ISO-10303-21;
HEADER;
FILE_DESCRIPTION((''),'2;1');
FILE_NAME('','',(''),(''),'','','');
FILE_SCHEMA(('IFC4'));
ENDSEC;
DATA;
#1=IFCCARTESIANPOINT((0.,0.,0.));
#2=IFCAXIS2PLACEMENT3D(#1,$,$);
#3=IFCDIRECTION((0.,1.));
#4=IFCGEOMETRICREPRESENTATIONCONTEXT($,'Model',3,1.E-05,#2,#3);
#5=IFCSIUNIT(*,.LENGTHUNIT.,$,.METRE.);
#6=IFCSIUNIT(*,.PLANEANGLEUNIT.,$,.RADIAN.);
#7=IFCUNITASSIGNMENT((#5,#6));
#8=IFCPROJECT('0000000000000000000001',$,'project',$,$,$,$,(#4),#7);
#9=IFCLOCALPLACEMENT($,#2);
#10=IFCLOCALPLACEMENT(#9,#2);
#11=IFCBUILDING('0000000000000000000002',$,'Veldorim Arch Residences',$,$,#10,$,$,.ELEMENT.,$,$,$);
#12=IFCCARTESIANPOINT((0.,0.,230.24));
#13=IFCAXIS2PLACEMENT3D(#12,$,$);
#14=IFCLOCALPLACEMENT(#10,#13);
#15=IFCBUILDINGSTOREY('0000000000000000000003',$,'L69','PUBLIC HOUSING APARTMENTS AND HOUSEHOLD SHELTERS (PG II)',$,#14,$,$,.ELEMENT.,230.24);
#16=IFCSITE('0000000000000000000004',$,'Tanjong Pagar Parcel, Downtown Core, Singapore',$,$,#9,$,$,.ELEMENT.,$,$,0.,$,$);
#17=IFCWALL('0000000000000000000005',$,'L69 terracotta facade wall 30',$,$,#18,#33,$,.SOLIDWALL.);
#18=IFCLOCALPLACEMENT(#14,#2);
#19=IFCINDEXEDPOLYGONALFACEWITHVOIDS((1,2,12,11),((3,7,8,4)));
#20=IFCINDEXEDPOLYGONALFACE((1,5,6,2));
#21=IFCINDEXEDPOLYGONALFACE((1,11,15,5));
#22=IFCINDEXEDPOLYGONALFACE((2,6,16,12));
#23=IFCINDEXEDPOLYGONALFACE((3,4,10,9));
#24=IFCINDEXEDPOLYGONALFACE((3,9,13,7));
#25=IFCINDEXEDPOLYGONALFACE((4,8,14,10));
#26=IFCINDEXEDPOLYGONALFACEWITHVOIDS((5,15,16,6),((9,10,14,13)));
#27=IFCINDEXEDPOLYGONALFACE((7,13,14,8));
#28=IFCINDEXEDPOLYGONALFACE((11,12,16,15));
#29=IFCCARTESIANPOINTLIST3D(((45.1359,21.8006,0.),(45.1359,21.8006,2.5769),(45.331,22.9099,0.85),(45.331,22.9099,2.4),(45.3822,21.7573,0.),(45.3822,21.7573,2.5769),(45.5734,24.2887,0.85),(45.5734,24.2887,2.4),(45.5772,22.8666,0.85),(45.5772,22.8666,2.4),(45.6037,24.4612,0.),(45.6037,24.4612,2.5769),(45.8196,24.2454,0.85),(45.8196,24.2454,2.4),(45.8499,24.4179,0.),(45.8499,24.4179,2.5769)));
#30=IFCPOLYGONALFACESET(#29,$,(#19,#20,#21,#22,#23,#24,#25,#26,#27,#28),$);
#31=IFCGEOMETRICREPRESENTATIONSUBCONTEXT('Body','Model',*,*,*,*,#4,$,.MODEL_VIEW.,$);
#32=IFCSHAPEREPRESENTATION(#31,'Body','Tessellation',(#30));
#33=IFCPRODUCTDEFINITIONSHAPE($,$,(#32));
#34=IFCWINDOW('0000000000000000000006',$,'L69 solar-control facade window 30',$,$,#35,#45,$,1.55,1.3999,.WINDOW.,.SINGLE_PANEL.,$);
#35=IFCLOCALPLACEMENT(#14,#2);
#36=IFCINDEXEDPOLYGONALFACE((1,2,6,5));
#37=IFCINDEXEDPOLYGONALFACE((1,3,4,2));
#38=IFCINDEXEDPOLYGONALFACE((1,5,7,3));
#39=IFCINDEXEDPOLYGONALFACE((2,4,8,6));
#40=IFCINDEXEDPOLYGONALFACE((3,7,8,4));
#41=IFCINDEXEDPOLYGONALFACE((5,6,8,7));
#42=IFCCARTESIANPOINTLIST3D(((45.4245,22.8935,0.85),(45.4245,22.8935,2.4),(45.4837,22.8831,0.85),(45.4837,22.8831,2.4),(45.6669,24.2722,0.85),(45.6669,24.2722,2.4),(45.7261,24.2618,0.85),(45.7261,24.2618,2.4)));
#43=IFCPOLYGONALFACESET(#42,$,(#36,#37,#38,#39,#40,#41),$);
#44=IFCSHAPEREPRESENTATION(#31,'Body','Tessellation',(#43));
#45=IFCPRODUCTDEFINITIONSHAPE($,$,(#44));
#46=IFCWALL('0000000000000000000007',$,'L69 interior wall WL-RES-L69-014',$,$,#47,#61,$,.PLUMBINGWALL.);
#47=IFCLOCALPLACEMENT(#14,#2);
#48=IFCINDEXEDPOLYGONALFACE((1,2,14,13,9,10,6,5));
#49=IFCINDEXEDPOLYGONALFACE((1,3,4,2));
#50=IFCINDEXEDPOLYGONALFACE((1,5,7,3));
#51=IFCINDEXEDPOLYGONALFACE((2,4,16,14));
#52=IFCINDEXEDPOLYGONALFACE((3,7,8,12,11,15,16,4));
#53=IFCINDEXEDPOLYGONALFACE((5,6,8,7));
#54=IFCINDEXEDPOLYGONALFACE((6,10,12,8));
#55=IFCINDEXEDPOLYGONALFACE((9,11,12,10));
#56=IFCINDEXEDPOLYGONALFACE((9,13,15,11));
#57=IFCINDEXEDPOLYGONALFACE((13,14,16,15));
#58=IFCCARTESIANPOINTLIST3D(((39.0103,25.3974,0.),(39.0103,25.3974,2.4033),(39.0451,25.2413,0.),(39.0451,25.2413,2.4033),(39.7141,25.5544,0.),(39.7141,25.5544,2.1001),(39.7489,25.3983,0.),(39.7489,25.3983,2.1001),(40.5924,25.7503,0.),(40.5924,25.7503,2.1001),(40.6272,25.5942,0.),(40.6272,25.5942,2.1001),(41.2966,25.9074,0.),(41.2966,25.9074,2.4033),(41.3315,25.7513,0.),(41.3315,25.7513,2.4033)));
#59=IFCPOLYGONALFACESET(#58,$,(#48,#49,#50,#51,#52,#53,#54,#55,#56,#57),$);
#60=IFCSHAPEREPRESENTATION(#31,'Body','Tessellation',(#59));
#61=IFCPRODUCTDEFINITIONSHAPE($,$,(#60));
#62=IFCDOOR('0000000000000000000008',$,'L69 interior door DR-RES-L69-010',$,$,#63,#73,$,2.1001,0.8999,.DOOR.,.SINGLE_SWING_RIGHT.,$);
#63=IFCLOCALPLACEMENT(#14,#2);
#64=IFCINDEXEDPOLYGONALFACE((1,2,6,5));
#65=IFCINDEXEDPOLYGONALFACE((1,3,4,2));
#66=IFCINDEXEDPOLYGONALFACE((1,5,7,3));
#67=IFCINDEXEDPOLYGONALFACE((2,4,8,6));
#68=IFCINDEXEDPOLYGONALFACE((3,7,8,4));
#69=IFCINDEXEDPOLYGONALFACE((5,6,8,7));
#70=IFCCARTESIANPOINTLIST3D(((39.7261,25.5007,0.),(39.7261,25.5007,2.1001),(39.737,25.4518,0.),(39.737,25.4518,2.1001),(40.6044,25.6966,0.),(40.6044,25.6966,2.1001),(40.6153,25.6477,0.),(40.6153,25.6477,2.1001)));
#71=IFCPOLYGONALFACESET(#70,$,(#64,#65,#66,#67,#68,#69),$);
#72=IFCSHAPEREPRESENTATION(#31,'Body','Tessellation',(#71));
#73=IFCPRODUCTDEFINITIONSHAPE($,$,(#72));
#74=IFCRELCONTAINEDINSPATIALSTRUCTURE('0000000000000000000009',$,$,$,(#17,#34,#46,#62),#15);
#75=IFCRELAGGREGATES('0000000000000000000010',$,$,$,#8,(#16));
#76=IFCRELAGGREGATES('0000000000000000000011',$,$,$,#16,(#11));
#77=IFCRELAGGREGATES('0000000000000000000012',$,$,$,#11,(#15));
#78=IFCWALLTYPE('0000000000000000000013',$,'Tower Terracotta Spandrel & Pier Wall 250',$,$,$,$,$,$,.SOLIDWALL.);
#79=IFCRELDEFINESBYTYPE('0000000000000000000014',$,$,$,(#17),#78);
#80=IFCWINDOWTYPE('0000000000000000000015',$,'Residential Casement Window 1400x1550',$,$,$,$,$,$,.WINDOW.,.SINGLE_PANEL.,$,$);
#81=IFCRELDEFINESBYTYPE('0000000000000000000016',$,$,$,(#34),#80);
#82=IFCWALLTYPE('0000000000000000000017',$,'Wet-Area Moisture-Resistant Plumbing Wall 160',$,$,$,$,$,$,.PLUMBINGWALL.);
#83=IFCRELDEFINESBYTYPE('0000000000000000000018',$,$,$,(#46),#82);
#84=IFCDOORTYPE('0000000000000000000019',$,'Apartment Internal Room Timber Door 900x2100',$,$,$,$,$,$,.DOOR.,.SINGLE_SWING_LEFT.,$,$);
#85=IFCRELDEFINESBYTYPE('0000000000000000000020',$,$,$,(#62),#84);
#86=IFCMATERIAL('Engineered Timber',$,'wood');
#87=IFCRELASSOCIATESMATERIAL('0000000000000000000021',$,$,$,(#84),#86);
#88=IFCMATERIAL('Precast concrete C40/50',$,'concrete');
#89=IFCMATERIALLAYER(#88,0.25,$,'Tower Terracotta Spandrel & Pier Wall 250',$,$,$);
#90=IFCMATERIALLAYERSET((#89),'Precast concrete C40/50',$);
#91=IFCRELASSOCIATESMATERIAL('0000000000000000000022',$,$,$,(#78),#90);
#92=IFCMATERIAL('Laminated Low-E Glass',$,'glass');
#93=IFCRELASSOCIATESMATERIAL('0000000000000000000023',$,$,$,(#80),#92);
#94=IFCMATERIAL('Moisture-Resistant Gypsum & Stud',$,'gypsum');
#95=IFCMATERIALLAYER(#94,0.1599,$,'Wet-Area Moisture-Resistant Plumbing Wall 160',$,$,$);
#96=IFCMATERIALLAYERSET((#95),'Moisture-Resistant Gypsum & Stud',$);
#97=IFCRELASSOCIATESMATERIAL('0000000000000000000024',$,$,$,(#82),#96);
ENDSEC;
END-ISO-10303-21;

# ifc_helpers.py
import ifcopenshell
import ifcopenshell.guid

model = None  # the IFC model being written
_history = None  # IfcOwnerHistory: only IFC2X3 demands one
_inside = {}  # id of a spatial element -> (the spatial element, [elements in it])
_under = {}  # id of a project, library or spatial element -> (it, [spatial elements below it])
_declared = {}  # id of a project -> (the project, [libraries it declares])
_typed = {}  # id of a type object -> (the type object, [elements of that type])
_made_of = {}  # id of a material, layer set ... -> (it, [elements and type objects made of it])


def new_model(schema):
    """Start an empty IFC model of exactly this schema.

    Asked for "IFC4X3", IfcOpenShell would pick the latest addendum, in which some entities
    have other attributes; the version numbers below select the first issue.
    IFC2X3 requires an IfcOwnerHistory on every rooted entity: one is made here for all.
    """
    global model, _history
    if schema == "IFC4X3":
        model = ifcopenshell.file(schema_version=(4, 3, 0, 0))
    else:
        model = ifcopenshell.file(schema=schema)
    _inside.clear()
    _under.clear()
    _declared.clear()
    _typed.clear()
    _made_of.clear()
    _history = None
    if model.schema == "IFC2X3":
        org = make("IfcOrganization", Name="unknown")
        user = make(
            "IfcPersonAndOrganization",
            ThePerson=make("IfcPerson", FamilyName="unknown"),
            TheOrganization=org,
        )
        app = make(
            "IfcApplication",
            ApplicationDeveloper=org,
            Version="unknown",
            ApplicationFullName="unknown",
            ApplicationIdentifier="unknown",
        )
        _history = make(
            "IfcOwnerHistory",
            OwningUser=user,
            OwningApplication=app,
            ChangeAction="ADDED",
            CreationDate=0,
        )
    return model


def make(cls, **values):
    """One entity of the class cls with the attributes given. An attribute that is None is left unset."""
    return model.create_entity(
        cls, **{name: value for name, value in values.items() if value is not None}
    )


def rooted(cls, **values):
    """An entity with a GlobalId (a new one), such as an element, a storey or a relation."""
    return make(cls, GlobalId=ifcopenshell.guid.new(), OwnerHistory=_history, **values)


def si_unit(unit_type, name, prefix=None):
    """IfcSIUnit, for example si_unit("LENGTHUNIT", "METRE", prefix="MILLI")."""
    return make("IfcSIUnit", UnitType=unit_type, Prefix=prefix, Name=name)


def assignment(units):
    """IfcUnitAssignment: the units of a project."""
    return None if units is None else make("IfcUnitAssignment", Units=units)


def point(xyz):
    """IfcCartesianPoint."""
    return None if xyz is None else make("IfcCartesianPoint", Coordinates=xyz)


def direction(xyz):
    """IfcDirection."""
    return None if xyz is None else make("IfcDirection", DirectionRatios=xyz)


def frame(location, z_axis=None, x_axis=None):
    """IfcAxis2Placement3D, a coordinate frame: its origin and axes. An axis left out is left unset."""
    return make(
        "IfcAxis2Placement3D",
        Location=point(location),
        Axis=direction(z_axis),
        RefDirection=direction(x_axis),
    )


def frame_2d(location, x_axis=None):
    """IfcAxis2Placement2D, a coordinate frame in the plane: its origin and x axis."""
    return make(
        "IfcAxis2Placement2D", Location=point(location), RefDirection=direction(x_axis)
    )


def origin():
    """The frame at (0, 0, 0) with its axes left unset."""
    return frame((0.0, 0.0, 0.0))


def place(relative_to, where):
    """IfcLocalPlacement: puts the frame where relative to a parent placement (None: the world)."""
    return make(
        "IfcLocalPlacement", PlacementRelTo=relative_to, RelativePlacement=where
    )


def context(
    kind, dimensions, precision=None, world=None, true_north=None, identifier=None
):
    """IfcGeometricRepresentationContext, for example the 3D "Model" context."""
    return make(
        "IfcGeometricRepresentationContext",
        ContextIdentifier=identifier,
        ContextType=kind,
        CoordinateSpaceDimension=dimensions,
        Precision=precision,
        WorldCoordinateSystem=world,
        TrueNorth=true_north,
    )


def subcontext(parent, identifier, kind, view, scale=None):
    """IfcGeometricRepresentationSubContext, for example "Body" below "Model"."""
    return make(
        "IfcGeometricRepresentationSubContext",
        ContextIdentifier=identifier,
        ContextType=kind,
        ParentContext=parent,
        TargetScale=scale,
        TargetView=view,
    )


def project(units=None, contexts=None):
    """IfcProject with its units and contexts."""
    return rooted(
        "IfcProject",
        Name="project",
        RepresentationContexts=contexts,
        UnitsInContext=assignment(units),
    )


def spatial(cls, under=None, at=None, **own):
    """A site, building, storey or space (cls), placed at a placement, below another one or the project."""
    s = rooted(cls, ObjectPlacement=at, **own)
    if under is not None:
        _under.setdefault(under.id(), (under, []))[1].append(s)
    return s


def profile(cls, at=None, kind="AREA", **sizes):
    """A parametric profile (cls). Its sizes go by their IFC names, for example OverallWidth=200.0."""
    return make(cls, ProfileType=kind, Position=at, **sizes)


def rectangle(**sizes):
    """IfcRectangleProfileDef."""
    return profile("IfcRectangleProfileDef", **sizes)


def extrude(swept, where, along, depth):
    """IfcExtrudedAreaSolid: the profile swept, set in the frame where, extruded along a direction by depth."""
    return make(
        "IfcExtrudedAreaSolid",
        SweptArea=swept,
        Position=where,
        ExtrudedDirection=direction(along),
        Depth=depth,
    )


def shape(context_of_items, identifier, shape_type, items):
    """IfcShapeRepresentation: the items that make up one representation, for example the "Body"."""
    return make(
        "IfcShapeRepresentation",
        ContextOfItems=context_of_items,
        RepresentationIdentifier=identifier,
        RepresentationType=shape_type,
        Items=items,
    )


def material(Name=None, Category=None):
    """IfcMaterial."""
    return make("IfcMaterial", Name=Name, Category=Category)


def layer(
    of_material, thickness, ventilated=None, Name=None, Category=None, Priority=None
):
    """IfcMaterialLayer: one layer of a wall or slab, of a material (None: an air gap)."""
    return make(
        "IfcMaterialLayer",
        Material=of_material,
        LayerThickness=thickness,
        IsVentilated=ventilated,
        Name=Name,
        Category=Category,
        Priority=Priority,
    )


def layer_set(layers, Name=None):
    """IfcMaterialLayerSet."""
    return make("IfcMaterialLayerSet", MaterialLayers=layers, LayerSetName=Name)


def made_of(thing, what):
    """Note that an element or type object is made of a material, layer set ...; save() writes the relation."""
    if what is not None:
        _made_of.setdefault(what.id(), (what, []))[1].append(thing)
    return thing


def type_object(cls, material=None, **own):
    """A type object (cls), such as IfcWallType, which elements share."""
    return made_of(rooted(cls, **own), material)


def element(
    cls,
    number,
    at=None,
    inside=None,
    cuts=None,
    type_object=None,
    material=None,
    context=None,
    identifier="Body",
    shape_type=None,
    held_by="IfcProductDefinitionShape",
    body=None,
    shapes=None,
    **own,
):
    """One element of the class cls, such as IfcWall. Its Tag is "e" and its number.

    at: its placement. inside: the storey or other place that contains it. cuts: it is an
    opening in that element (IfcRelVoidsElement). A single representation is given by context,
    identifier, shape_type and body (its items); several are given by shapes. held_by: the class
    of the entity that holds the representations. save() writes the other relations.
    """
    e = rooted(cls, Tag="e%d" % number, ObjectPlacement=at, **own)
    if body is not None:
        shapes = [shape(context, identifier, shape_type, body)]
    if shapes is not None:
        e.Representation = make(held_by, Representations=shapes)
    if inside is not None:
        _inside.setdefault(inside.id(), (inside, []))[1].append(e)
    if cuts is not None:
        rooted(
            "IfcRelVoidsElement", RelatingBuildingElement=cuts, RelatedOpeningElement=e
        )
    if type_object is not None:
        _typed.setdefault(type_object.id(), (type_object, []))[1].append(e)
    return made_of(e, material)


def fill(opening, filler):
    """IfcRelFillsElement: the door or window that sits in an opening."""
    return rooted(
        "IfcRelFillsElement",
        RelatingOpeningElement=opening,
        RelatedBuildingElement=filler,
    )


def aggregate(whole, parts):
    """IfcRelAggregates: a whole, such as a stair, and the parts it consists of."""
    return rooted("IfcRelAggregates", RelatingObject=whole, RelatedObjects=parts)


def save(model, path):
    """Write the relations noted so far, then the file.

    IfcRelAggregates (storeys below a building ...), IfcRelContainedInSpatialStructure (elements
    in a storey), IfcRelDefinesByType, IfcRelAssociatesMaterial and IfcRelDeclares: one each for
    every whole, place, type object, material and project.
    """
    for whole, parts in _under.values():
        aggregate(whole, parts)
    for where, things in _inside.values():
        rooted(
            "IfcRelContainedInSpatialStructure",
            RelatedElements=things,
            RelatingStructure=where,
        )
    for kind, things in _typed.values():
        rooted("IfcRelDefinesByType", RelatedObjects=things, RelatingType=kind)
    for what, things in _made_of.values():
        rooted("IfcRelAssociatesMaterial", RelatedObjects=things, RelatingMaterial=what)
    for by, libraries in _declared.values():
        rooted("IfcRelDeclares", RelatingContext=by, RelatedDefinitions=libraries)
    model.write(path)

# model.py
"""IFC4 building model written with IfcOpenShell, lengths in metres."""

from ifc_helpers import new_model, si_unit, direction, frame, frame_2d, origin, place, context, subcontext, project, spatial, rectangle, extrude, material, layer, layer_set, type_object, element, fill, save


model = new_model("IFC4")

# Units and contexts
model_context = context("Model", 3, precision=1e-05, world=origin(), true_north=direction((0.0, 1.0)))
body_context = subcontext(model_context, "Body", "Model", "MODEL_VIEW")
ifc_project = project(units=[si_unit("LENGTHUNIT", "METRE"), si_unit("PLANEANGLEUNIT", "RADIAN")], contexts=[model_context])

# Site, building, storey
site_placement = place(None, origin())
site = spatial("IfcSite", under=ifc_project, at=site_placement, Name="Tanjong Pagar Parcel, Downtown Core, Singapore", CompositionType="ELEMENT", RefElevation=0.0)
building_placement = place(site_placement, origin())
building = spatial("IfcBuilding", under=site, at=building_placement, Name="Veldorim Arch Residences", CompositionType="ELEMENT")
storey_placement = place(building_placement, frame((0.0, 0.0, 230.24)))
storey = spatial("IfcBuildingStorey", under=building, at=storey_placement, Name="L69", Description="PUBLIC HOUSING APARTMENTS AND HOUSEHOLD SHELTERS (PG II)", CompositionType="ELEMENT", Elevation=230.24)

# Shared definitions
ifc_material_1 = material(Name="Engineered Timber", Category="wood")
door_type = type_object("IfcDoorType", Name="Apartment Internal Room Timber Door 900x2100", OperationType="SINGLE_SWING_LEFT", PredefinedType="DOOR", material=ifc_material_1)

# Shared definitions
ifc_material_2 = material(Name="Precast concrete C40/50", Category="concrete")
ifc_layer_1 = layer(ifc_material_2, 0.25, Name="Tower Terracotta Spandrel & Pier Wall 250")
ifc_layer_set_1 = layer_set([ifc_layer_1], Name="Precast concrete C40/50")
wall_type_1 = type_object("IfcWallType", Name="Tower Terracotta Spandrel & Pier Wall 250", PredefinedType="SOLIDWALL", material=ifc_layer_set_1)

# Wall, opening, window
wall_1_placement = place(storey_placement, frame((45.7268, 24.4395, 0.0), z_axis=(0.0, 0.0, 1.0), x_axis=(-0.173156, -0.984894, 0.0)))
wall_1 = element("IfcWall", 1, at=wall_1_placement, inside=storey, type_object=wall_type_1, Name="L69 terracotta facade wall 30", PredefinedType="SOLIDWALL", context=body_context, shape_type="SweptSolid", body=[
    extrude(rectangle(XDim=2.7014, YDim=0.25, at=frame_2d((1.3506, 0.0))), origin(), (0.0, 0.0, 1.0), 2.5769),
])
opening_1_placement = place(wall_1_placement, frame((0.175, 0.0, 0.8501)))
opening_1 = element("IfcOpeningElement", 2, at=opening_1_placement, cuts=wall_1, PredefinedType="OPENING", context=body_context, shape_type="SweptSolid", body=[
    extrude(rectangle(XDim=1.3999, YDim=1.55, at=frame_2d((0.7, 0.7749))), frame((0.0, 0.135, 0.0), z_axis=(0.0, -1.0, 0.0), x_axis=(1.0, 0.0, 0.0)), (0.0, 0.0, 1.0), 0.27),
])
ifc_material_3 = material(Name="Laminated Low-E Glass", Category="glass")
window_type = type_object("IfcWindowType", Name="Residential Casement Window 1400x1550", PartitioningType="SINGLE_PANEL", PredefinedType="WINDOW", material=ifc_material_3)
window_placement = place(opening_1_placement, origin())
window = element("IfcWindow", 3, at=window_placement, inside=storey, type_object=window_type, Name="L69 solar-control facade window 30", OverallHeight=1.55, OverallWidth=1.3999, PartitioningType="SINGLE_PANEL", PredefinedType="WINDOW", context=body_context, shape_type="SweptSolid", body=[
    extrude(rectangle(XDim=1.3999, YDim=1.55, at=frame_2d((0.7, 0.7749))), frame((0.0, 0.03, 0.0), z_axis=(0.0, -1.0, 0.0), x_axis=(1.0, 0.0, 0.0)), (0.0, 0.0, 1.0), 0.0601),
])
fill(opening_1, window)

# Wall, opening, door
ifc_material_4 = material(Name="Moisture-Resistant Gypsum & Stud", Category="gypsum")
ifc_layer_2 = layer(ifc_material_4, 0.1599, Name="Wet-Area Moisture-Resistant Plumbing Wall 160")
ifc_layer_set_2 = layer_set([ifc_layer_2], Name="Moisture-Resistant Gypsum & Stud")
wall_type_2 = type_object("IfcWallType", Name="Wet-Area Moisture-Resistant Plumbing Wall 160", PredefinedType="PLUMBINGWALL", material=ifc_layer_set_2)
wall_2_placement = place(storey_placement, frame((39.0276, 25.3193, 0.0), z_axis=(0.0, 0.0, 1.0), x_axis=(0.976013, 0.217714, 0.0)))
wall_2 = element("IfcWall", 4, at=wall_2_placement, inside=storey, type_object=wall_type_2, Name="L69 interior wall WL-RES-L69-014", PredefinedType="PLUMBINGWALL", context=body_context, shape_type="SweptSolid", body=[
    extrude(rectangle(XDim=2.3425, YDim=0.1599, at=frame_2d((1.1714, 0.0))), origin(), (0.0, 0.0, 1.0), 2.4033),
])
opening_2_placement = place(wall_2_placement, frame((0.7212, 0.0, 0.0)))
opening_2 = element("IfcOpeningElement", 5, at=opening_2_placement, cuts=wall_2, PredefinedType="OPENING", context=body_context, shape_type="SweptSolid", body=[
    extrude(rectangle(XDim=0.8999, YDim=2.1001, at=frame_2d((0.45, 1.05))), frame((0.0, 0.0898, 0.0), z_axis=(0.0, -1.0, 0.0), x_axis=(1.0, 0.0, 0.0)), (0.0, 0.0, 1.0), 0.1799),
])
door_1_placement = place(opening_2_placement, origin())
door_1 = element("IfcDoor", 6, at=door_1_placement, inside=storey, type_object=door_type, Name="L69 interior door DR-RES-L69-010", OperationType="SINGLE_SWING_RIGHT", OverallHeight=2.1001, OverallWidth=0.8999, PredefinedType="DOOR", context=body_context, shape_type="SweptSolid", body=[
    extrude(rectangle(XDim=0.8999, YDim=2.1001, at=frame_2d((0.45, 1.05))), frame((0.0, 0.0249, 0.0), z_axis=(0.0, -1.0, 0.0), x_axis=(1.0, 0.0, 0.0)), (0.0, 0.0, 1.0), 0.05),
])
fill(opening_2, door_1)

save(model, "model.ifc")
